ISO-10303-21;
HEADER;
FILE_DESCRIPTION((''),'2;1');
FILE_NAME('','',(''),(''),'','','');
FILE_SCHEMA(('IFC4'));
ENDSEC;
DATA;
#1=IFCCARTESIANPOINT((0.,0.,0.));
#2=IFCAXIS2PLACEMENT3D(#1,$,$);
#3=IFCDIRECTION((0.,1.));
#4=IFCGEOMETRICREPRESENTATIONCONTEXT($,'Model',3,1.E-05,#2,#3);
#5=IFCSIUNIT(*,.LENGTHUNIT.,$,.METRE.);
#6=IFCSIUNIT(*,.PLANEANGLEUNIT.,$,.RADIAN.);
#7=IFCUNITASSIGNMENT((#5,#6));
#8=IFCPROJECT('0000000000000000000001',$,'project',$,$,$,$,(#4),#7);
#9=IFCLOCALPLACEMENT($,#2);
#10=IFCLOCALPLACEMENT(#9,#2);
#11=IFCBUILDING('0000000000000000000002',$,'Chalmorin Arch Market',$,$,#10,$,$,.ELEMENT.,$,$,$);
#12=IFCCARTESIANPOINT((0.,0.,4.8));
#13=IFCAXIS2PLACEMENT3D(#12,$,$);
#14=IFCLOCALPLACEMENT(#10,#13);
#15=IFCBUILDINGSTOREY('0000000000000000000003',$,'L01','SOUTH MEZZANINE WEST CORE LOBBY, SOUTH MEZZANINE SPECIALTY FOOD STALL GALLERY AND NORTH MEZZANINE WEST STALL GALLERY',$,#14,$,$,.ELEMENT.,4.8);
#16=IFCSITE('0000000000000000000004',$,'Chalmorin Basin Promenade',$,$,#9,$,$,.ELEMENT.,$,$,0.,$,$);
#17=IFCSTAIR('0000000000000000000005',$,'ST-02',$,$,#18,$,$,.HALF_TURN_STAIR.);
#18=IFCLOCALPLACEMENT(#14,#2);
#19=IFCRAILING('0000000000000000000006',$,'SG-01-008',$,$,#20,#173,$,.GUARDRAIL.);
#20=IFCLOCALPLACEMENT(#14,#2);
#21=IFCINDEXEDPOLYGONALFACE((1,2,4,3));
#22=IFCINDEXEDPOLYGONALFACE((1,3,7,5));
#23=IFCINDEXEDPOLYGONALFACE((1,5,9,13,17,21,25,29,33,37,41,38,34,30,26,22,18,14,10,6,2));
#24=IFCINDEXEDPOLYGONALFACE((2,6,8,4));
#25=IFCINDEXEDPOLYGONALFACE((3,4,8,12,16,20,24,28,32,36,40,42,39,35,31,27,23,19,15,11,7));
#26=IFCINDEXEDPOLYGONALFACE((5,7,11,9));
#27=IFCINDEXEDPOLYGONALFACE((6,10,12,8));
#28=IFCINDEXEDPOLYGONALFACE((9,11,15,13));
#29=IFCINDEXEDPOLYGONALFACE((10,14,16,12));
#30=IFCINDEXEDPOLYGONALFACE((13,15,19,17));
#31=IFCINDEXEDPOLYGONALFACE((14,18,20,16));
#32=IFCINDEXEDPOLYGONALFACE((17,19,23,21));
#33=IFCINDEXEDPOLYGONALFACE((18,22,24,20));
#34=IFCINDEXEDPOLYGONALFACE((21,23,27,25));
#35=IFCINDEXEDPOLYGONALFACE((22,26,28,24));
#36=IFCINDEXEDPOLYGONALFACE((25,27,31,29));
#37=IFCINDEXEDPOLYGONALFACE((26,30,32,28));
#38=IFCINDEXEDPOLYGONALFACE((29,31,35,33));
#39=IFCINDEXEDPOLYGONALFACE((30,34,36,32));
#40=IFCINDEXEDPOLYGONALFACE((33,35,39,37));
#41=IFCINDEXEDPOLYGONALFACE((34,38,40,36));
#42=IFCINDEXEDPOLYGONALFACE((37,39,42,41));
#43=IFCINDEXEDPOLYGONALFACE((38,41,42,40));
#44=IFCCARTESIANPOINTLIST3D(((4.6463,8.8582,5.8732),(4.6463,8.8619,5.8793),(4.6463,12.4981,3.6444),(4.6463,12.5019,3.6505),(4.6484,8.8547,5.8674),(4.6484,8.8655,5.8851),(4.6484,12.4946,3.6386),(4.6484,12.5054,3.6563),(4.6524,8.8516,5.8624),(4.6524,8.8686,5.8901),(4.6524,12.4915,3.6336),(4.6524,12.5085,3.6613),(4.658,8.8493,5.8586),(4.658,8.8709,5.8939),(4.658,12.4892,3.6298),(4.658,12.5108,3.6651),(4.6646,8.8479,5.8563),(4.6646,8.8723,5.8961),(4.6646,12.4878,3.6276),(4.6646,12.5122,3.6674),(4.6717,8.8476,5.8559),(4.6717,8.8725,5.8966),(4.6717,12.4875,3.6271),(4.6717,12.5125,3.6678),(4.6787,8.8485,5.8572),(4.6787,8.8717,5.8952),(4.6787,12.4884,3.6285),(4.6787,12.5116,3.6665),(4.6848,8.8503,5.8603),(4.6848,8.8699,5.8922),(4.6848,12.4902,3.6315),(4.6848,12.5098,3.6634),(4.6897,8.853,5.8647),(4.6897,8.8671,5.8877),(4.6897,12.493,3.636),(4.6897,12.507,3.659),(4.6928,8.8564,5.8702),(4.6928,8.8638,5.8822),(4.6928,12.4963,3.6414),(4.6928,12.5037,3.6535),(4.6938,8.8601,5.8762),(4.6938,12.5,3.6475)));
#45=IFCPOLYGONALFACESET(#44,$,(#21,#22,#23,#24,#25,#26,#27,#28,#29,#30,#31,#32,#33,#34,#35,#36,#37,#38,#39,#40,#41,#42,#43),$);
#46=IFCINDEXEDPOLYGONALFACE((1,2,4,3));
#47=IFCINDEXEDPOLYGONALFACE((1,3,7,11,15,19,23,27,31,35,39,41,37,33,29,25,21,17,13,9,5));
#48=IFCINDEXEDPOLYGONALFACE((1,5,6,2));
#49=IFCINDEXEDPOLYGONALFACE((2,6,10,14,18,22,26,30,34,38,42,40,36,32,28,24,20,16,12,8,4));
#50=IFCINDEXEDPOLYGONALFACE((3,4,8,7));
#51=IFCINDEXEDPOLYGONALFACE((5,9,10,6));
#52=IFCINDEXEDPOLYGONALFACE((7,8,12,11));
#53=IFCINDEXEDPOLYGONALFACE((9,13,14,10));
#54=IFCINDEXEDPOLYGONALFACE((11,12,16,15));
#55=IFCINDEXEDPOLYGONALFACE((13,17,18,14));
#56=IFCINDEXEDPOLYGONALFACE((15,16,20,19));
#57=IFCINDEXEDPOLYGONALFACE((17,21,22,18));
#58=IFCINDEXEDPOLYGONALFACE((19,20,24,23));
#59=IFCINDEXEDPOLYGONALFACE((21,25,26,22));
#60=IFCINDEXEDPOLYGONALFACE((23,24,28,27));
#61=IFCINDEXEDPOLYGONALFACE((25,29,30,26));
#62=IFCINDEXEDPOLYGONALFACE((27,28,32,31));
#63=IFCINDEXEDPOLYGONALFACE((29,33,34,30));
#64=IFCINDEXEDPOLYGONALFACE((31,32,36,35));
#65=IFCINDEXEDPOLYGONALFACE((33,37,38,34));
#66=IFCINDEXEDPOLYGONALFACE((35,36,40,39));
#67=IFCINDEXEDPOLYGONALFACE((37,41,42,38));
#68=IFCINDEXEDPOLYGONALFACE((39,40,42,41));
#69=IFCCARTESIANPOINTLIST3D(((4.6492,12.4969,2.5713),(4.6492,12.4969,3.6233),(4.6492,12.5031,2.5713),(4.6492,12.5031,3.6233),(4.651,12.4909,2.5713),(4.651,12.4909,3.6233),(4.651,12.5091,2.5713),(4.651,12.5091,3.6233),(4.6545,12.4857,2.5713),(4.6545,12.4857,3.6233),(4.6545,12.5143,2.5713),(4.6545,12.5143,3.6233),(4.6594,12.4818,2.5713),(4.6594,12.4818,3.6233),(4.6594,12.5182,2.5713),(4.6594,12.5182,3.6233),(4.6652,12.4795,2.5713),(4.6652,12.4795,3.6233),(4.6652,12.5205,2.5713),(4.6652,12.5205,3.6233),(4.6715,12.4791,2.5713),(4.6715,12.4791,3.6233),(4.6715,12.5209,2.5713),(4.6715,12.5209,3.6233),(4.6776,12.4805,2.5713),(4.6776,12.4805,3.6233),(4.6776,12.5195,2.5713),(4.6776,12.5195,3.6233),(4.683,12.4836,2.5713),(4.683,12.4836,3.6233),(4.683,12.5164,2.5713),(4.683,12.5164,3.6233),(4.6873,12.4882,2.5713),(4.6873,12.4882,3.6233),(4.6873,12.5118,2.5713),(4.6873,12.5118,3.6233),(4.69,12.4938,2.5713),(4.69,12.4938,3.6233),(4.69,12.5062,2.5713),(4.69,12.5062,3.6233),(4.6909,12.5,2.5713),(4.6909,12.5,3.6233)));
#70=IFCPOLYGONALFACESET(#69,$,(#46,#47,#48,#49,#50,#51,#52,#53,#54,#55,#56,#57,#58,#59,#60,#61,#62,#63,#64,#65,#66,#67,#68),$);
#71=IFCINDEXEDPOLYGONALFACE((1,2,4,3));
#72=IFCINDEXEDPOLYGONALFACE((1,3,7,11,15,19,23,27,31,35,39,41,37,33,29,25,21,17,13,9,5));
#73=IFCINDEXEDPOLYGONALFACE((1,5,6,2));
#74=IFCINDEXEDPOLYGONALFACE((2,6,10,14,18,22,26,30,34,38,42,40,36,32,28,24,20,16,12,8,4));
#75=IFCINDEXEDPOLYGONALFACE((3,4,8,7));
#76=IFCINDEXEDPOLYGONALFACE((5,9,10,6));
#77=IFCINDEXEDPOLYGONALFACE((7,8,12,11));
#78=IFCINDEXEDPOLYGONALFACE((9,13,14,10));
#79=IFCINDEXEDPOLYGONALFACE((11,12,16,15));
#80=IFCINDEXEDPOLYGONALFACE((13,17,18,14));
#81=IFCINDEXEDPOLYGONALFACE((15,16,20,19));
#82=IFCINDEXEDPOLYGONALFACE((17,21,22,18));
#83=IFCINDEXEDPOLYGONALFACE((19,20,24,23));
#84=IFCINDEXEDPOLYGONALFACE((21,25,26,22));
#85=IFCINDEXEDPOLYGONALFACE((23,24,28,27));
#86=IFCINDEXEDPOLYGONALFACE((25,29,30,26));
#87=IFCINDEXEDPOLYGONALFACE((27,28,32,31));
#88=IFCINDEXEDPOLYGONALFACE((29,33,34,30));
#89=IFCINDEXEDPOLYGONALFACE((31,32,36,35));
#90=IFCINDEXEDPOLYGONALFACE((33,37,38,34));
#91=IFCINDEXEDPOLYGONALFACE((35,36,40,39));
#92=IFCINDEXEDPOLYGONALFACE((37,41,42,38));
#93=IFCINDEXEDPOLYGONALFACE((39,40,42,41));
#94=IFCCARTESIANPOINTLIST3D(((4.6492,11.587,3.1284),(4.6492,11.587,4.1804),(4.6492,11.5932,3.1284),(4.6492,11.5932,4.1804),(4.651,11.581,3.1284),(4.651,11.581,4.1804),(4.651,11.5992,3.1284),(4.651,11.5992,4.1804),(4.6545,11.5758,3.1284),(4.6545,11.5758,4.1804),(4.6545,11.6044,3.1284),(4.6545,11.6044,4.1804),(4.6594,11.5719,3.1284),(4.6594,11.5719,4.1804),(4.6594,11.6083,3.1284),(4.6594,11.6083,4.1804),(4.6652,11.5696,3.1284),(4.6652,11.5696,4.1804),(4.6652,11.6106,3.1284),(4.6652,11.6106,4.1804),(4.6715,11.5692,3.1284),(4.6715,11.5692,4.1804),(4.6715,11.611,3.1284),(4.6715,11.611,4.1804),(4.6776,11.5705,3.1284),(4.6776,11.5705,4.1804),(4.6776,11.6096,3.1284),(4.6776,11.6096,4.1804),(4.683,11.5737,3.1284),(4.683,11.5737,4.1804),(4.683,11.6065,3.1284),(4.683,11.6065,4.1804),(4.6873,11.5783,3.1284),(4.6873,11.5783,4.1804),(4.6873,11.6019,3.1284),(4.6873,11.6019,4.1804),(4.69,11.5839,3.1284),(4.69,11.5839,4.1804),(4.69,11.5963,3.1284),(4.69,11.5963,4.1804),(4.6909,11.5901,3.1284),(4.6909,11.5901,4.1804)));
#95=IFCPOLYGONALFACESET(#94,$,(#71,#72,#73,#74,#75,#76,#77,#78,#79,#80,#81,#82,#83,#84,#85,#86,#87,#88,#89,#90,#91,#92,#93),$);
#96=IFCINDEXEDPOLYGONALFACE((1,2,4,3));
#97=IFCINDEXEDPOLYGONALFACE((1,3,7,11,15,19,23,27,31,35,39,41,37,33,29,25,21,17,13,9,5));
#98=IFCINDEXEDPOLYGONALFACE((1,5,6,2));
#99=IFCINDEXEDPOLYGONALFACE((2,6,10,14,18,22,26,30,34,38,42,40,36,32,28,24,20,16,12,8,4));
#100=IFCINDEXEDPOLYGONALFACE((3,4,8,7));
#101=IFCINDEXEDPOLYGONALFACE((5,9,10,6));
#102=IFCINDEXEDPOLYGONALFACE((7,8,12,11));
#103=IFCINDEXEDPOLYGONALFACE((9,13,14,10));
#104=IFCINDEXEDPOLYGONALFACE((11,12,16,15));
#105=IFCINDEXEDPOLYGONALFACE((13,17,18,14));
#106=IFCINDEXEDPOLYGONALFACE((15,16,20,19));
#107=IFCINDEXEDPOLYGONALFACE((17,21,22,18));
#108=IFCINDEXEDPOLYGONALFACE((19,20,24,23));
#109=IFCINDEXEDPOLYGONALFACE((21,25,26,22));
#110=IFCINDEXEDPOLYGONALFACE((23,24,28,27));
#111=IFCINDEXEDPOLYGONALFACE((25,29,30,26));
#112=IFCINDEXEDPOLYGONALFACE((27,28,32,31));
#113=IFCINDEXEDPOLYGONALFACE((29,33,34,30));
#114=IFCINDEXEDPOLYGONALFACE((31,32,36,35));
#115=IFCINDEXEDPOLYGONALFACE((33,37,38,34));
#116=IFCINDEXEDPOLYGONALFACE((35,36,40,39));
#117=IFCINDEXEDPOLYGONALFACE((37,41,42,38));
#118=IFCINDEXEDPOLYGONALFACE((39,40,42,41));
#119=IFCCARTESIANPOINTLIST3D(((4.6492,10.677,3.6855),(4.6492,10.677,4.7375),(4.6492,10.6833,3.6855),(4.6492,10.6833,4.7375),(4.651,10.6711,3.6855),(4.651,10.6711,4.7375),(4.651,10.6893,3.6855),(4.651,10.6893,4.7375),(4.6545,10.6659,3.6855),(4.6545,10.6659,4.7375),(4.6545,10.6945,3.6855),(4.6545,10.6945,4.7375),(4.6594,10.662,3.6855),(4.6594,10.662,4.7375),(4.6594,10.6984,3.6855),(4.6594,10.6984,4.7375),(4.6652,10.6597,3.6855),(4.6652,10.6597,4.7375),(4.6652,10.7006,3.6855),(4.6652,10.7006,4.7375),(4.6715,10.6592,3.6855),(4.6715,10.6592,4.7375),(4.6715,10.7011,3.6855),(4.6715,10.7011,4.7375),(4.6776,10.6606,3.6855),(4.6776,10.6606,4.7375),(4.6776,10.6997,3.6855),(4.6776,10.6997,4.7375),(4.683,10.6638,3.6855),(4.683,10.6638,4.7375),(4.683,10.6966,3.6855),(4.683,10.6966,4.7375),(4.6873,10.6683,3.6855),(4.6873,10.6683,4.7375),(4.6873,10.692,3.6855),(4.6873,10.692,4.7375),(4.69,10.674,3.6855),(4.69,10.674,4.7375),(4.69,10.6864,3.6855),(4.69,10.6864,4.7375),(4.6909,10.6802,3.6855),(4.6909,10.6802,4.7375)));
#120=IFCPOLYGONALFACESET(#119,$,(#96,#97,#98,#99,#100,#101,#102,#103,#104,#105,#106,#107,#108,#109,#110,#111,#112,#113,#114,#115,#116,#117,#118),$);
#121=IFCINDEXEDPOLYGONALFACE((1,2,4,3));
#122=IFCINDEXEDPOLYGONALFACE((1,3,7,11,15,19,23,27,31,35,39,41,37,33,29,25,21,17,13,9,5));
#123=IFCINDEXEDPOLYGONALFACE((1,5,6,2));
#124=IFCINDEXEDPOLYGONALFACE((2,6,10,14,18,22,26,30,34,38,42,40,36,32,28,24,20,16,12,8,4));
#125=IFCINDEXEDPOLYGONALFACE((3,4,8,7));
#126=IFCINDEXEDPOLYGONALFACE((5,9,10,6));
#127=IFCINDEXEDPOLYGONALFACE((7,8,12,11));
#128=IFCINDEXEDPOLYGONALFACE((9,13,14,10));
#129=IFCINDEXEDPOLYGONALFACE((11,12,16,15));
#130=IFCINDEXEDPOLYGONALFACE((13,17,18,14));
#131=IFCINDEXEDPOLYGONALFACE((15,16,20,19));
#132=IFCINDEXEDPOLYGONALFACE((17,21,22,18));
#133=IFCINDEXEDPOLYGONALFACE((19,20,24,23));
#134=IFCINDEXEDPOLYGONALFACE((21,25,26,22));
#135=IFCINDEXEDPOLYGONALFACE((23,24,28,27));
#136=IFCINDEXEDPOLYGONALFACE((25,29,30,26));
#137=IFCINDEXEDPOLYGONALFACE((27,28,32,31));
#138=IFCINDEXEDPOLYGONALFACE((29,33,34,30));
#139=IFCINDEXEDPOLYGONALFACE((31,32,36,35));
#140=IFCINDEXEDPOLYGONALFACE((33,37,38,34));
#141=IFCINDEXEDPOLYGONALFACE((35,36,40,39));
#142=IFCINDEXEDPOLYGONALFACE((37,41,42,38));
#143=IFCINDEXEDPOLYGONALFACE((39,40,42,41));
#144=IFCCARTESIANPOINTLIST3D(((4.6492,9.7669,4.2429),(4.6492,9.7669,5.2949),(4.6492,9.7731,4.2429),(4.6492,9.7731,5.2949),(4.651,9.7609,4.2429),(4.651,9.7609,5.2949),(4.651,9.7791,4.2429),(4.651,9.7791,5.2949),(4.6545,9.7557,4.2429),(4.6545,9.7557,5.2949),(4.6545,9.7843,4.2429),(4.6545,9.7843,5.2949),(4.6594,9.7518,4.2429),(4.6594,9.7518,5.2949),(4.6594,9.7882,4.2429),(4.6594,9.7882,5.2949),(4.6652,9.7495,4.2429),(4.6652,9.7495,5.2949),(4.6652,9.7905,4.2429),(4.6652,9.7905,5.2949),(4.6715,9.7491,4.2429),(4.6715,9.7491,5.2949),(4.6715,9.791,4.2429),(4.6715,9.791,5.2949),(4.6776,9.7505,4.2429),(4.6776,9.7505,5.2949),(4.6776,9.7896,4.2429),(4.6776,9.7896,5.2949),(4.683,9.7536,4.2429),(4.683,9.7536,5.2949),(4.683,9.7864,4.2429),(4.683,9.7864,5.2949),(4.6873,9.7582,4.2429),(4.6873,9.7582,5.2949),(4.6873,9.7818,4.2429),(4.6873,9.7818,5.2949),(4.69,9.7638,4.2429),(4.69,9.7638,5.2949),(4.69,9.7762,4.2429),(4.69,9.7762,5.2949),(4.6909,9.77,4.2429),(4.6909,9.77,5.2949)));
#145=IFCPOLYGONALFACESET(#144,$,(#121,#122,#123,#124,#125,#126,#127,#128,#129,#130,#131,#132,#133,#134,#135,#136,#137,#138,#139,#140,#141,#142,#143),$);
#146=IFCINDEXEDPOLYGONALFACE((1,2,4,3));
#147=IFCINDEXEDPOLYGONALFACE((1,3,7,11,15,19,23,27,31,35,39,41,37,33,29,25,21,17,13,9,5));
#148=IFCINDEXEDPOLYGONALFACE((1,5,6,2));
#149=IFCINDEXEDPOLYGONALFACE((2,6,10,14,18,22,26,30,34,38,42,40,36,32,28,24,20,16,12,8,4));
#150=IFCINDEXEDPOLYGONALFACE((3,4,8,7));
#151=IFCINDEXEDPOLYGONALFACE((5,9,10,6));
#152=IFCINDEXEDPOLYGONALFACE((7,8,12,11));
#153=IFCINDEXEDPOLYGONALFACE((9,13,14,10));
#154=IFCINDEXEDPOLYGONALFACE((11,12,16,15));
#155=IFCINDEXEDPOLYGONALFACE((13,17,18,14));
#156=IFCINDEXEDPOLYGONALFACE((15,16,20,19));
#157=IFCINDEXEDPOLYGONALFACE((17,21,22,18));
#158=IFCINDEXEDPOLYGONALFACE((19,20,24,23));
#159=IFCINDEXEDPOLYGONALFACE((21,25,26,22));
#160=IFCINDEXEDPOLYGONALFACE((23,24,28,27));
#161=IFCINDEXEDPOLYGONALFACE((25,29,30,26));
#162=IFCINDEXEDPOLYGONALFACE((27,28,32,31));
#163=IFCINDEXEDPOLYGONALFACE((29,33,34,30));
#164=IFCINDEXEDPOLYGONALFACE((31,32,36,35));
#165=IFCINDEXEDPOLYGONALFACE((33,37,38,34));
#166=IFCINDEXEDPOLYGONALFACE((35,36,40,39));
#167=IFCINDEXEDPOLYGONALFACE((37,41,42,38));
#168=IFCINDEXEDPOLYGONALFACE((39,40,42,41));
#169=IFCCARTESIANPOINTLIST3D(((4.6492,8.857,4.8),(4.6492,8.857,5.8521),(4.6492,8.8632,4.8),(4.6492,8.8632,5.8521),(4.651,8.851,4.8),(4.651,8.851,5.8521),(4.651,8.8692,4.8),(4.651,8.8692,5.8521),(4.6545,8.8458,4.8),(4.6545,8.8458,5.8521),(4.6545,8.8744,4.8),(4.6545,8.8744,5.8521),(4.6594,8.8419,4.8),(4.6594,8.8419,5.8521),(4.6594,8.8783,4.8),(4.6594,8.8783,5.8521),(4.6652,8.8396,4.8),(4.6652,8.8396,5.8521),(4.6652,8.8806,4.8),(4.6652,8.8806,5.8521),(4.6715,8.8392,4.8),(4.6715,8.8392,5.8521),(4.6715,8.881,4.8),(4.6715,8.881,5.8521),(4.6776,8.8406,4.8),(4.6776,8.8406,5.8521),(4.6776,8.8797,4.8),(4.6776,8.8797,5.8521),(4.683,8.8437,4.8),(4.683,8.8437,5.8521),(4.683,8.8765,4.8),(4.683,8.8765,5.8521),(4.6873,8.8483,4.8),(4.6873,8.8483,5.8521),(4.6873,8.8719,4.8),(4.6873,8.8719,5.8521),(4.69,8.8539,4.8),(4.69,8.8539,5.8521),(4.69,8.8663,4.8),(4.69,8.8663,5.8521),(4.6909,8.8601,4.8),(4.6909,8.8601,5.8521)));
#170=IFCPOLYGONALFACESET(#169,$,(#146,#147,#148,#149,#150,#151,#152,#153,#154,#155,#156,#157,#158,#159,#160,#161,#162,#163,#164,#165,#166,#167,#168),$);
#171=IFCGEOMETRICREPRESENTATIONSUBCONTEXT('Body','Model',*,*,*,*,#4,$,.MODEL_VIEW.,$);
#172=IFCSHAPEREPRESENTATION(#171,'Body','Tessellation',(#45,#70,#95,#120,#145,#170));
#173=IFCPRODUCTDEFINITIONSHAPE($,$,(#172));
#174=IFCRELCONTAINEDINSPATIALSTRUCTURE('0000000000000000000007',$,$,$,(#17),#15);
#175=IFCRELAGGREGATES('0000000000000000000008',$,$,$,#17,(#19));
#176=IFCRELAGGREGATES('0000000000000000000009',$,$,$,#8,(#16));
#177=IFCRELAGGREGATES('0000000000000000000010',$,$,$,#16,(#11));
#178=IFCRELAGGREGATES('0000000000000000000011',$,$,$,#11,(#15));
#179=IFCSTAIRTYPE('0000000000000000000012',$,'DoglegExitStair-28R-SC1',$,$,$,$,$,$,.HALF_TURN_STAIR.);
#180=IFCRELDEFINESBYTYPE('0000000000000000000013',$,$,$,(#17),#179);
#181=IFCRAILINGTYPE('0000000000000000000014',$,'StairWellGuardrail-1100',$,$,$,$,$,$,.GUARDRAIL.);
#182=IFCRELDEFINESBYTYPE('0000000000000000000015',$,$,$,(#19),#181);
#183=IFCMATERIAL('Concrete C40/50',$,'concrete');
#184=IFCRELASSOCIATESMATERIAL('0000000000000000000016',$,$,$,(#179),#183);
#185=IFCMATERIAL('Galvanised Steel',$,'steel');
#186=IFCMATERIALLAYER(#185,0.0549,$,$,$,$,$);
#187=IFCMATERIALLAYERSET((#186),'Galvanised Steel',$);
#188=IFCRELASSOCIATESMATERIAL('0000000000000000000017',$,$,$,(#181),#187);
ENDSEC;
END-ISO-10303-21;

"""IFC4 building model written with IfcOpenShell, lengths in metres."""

from ifc_helpers import new_model, si_unit, direction, frame, origin, origin_2d, place, context, subcontext, project, spatial, circle, extrude, material, layer, layer_set, type_object, element, aggregate, save


model = new_model("IFC4")

# Units and contexts
model_context = context("Model", 3, precision=1e-05, world=origin(), true_north=direction((0.0, 1.0)))
body_context = subcontext(model_context, "Body", "Model", "MODEL_VIEW")
ifc_project = project(units=[si_unit("LENGTHUNIT", "METRE"), si_unit("PLANEANGLEUNIT", "RADIAN")], contexts=[model_context])

# Site, building, storey
site_placement = place(None, origin())
site = spatial("IfcSite", under=ifc_project, at=site_placement, Name="Chalmorin Basin Promenade", CompositionType="ELEMENT", RefElevation=0.0)
building_placement = place(site_placement, origin())
building = spatial("IfcBuilding", under=site, at=building_placement, Name="Chalmorin Arch Market", CompositionType="ELEMENT")
storey_placement = place(building_placement, frame((0.0, 0.0, 4.8)))
storey = spatial("IfcBuildingStorey", under=building, at=storey_placement, Name="L01", Description="SOUTH MEZZANINE WEST CORE LOBBY, SOUTH MEZZANINE SPECIALTY FOOD STALL GALLERY AND NORTH MEZZANINE WEST STALL GALLERY", CompositionType="ELEMENT", Elevation=4.8)

# Shared definitions
ifc_material_1 = material(Name="Concrete C40/50", Category="concrete")

# Stair, railing
stair_type = type_object("IfcStairType", Name="DoglegExitStair-28R-SC1", PredefinedType="HALF_TURN_STAIR", material=ifc_material_1)
stair_placement = place(storey_placement, origin())
stair = element("IfcStair", 1, at=stair_placement, inside=storey, type_object=stair_type, Name="ST-02", PredefinedType="HALF_TURN_STAIR")
ifc_material_2 = material(Name="Galvanised Steel", Category="steel")
ifc_layer_1 = layer(ifc_material_2, 0.0549)
ifc_layer_set_1 = layer_set([ifc_layer_1], Name="Galvanised Steel")
railing_type_1 = type_object("IfcRailingType", Name="StairWellGuardrail-1100", PredefinedType="GUARDRAIL", material=ifc_layer_set_1)
railing_1_placement = place(storey_placement, frame((4.6699, 12.5, 2.5713)))
railing_1 = element("IfcRailing", 2, at=railing_1_placement, type_object=railing_type_1, Name="SG-01-008", PredefinedType="GUARDRAIL", context=body_context, shape_type="SweptSolid", body=[
    extrude(circle(Radius=0.0239, at=origin_2d()), frame((0.0, 0.0, 1.0762), z_axis=(0.0, -0.852825, 0.522197), x_axis=(1.0, 0.0, 0.0)), (0.0, 0.0, 1.0), 4.2681),
    extrude(circle(Radius=0.021, at=origin_2d()), origin(), (0.0, 0.0, 1.0), 1.052),
    extrude(circle(Radius=0.021, at=origin_2d()), frame((0.0, -0.9099, 0.5571)), (0.0, 0.0, 1.0), 1.052),
    extrude(circle(Radius=0.021, at=origin_2d()), frame((0.0, -1.8198, 1.1143)), (0.0, 0.0, 1.0), 1.052),
    extrude(circle(Radius=0.021, at=origin_2d()), frame((0.0, -2.73, 1.6716)), (0.0, 0.0, 1.0), 1.052),
    extrude(circle(Radius=0.021, at=origin_2d()), frame((0.0, -3.6399, 2.2288)), (0.0, 0.0, 1.0), 1.052),
])
aggregate(stair, [railing_1])

save(model, "model.ifc")
